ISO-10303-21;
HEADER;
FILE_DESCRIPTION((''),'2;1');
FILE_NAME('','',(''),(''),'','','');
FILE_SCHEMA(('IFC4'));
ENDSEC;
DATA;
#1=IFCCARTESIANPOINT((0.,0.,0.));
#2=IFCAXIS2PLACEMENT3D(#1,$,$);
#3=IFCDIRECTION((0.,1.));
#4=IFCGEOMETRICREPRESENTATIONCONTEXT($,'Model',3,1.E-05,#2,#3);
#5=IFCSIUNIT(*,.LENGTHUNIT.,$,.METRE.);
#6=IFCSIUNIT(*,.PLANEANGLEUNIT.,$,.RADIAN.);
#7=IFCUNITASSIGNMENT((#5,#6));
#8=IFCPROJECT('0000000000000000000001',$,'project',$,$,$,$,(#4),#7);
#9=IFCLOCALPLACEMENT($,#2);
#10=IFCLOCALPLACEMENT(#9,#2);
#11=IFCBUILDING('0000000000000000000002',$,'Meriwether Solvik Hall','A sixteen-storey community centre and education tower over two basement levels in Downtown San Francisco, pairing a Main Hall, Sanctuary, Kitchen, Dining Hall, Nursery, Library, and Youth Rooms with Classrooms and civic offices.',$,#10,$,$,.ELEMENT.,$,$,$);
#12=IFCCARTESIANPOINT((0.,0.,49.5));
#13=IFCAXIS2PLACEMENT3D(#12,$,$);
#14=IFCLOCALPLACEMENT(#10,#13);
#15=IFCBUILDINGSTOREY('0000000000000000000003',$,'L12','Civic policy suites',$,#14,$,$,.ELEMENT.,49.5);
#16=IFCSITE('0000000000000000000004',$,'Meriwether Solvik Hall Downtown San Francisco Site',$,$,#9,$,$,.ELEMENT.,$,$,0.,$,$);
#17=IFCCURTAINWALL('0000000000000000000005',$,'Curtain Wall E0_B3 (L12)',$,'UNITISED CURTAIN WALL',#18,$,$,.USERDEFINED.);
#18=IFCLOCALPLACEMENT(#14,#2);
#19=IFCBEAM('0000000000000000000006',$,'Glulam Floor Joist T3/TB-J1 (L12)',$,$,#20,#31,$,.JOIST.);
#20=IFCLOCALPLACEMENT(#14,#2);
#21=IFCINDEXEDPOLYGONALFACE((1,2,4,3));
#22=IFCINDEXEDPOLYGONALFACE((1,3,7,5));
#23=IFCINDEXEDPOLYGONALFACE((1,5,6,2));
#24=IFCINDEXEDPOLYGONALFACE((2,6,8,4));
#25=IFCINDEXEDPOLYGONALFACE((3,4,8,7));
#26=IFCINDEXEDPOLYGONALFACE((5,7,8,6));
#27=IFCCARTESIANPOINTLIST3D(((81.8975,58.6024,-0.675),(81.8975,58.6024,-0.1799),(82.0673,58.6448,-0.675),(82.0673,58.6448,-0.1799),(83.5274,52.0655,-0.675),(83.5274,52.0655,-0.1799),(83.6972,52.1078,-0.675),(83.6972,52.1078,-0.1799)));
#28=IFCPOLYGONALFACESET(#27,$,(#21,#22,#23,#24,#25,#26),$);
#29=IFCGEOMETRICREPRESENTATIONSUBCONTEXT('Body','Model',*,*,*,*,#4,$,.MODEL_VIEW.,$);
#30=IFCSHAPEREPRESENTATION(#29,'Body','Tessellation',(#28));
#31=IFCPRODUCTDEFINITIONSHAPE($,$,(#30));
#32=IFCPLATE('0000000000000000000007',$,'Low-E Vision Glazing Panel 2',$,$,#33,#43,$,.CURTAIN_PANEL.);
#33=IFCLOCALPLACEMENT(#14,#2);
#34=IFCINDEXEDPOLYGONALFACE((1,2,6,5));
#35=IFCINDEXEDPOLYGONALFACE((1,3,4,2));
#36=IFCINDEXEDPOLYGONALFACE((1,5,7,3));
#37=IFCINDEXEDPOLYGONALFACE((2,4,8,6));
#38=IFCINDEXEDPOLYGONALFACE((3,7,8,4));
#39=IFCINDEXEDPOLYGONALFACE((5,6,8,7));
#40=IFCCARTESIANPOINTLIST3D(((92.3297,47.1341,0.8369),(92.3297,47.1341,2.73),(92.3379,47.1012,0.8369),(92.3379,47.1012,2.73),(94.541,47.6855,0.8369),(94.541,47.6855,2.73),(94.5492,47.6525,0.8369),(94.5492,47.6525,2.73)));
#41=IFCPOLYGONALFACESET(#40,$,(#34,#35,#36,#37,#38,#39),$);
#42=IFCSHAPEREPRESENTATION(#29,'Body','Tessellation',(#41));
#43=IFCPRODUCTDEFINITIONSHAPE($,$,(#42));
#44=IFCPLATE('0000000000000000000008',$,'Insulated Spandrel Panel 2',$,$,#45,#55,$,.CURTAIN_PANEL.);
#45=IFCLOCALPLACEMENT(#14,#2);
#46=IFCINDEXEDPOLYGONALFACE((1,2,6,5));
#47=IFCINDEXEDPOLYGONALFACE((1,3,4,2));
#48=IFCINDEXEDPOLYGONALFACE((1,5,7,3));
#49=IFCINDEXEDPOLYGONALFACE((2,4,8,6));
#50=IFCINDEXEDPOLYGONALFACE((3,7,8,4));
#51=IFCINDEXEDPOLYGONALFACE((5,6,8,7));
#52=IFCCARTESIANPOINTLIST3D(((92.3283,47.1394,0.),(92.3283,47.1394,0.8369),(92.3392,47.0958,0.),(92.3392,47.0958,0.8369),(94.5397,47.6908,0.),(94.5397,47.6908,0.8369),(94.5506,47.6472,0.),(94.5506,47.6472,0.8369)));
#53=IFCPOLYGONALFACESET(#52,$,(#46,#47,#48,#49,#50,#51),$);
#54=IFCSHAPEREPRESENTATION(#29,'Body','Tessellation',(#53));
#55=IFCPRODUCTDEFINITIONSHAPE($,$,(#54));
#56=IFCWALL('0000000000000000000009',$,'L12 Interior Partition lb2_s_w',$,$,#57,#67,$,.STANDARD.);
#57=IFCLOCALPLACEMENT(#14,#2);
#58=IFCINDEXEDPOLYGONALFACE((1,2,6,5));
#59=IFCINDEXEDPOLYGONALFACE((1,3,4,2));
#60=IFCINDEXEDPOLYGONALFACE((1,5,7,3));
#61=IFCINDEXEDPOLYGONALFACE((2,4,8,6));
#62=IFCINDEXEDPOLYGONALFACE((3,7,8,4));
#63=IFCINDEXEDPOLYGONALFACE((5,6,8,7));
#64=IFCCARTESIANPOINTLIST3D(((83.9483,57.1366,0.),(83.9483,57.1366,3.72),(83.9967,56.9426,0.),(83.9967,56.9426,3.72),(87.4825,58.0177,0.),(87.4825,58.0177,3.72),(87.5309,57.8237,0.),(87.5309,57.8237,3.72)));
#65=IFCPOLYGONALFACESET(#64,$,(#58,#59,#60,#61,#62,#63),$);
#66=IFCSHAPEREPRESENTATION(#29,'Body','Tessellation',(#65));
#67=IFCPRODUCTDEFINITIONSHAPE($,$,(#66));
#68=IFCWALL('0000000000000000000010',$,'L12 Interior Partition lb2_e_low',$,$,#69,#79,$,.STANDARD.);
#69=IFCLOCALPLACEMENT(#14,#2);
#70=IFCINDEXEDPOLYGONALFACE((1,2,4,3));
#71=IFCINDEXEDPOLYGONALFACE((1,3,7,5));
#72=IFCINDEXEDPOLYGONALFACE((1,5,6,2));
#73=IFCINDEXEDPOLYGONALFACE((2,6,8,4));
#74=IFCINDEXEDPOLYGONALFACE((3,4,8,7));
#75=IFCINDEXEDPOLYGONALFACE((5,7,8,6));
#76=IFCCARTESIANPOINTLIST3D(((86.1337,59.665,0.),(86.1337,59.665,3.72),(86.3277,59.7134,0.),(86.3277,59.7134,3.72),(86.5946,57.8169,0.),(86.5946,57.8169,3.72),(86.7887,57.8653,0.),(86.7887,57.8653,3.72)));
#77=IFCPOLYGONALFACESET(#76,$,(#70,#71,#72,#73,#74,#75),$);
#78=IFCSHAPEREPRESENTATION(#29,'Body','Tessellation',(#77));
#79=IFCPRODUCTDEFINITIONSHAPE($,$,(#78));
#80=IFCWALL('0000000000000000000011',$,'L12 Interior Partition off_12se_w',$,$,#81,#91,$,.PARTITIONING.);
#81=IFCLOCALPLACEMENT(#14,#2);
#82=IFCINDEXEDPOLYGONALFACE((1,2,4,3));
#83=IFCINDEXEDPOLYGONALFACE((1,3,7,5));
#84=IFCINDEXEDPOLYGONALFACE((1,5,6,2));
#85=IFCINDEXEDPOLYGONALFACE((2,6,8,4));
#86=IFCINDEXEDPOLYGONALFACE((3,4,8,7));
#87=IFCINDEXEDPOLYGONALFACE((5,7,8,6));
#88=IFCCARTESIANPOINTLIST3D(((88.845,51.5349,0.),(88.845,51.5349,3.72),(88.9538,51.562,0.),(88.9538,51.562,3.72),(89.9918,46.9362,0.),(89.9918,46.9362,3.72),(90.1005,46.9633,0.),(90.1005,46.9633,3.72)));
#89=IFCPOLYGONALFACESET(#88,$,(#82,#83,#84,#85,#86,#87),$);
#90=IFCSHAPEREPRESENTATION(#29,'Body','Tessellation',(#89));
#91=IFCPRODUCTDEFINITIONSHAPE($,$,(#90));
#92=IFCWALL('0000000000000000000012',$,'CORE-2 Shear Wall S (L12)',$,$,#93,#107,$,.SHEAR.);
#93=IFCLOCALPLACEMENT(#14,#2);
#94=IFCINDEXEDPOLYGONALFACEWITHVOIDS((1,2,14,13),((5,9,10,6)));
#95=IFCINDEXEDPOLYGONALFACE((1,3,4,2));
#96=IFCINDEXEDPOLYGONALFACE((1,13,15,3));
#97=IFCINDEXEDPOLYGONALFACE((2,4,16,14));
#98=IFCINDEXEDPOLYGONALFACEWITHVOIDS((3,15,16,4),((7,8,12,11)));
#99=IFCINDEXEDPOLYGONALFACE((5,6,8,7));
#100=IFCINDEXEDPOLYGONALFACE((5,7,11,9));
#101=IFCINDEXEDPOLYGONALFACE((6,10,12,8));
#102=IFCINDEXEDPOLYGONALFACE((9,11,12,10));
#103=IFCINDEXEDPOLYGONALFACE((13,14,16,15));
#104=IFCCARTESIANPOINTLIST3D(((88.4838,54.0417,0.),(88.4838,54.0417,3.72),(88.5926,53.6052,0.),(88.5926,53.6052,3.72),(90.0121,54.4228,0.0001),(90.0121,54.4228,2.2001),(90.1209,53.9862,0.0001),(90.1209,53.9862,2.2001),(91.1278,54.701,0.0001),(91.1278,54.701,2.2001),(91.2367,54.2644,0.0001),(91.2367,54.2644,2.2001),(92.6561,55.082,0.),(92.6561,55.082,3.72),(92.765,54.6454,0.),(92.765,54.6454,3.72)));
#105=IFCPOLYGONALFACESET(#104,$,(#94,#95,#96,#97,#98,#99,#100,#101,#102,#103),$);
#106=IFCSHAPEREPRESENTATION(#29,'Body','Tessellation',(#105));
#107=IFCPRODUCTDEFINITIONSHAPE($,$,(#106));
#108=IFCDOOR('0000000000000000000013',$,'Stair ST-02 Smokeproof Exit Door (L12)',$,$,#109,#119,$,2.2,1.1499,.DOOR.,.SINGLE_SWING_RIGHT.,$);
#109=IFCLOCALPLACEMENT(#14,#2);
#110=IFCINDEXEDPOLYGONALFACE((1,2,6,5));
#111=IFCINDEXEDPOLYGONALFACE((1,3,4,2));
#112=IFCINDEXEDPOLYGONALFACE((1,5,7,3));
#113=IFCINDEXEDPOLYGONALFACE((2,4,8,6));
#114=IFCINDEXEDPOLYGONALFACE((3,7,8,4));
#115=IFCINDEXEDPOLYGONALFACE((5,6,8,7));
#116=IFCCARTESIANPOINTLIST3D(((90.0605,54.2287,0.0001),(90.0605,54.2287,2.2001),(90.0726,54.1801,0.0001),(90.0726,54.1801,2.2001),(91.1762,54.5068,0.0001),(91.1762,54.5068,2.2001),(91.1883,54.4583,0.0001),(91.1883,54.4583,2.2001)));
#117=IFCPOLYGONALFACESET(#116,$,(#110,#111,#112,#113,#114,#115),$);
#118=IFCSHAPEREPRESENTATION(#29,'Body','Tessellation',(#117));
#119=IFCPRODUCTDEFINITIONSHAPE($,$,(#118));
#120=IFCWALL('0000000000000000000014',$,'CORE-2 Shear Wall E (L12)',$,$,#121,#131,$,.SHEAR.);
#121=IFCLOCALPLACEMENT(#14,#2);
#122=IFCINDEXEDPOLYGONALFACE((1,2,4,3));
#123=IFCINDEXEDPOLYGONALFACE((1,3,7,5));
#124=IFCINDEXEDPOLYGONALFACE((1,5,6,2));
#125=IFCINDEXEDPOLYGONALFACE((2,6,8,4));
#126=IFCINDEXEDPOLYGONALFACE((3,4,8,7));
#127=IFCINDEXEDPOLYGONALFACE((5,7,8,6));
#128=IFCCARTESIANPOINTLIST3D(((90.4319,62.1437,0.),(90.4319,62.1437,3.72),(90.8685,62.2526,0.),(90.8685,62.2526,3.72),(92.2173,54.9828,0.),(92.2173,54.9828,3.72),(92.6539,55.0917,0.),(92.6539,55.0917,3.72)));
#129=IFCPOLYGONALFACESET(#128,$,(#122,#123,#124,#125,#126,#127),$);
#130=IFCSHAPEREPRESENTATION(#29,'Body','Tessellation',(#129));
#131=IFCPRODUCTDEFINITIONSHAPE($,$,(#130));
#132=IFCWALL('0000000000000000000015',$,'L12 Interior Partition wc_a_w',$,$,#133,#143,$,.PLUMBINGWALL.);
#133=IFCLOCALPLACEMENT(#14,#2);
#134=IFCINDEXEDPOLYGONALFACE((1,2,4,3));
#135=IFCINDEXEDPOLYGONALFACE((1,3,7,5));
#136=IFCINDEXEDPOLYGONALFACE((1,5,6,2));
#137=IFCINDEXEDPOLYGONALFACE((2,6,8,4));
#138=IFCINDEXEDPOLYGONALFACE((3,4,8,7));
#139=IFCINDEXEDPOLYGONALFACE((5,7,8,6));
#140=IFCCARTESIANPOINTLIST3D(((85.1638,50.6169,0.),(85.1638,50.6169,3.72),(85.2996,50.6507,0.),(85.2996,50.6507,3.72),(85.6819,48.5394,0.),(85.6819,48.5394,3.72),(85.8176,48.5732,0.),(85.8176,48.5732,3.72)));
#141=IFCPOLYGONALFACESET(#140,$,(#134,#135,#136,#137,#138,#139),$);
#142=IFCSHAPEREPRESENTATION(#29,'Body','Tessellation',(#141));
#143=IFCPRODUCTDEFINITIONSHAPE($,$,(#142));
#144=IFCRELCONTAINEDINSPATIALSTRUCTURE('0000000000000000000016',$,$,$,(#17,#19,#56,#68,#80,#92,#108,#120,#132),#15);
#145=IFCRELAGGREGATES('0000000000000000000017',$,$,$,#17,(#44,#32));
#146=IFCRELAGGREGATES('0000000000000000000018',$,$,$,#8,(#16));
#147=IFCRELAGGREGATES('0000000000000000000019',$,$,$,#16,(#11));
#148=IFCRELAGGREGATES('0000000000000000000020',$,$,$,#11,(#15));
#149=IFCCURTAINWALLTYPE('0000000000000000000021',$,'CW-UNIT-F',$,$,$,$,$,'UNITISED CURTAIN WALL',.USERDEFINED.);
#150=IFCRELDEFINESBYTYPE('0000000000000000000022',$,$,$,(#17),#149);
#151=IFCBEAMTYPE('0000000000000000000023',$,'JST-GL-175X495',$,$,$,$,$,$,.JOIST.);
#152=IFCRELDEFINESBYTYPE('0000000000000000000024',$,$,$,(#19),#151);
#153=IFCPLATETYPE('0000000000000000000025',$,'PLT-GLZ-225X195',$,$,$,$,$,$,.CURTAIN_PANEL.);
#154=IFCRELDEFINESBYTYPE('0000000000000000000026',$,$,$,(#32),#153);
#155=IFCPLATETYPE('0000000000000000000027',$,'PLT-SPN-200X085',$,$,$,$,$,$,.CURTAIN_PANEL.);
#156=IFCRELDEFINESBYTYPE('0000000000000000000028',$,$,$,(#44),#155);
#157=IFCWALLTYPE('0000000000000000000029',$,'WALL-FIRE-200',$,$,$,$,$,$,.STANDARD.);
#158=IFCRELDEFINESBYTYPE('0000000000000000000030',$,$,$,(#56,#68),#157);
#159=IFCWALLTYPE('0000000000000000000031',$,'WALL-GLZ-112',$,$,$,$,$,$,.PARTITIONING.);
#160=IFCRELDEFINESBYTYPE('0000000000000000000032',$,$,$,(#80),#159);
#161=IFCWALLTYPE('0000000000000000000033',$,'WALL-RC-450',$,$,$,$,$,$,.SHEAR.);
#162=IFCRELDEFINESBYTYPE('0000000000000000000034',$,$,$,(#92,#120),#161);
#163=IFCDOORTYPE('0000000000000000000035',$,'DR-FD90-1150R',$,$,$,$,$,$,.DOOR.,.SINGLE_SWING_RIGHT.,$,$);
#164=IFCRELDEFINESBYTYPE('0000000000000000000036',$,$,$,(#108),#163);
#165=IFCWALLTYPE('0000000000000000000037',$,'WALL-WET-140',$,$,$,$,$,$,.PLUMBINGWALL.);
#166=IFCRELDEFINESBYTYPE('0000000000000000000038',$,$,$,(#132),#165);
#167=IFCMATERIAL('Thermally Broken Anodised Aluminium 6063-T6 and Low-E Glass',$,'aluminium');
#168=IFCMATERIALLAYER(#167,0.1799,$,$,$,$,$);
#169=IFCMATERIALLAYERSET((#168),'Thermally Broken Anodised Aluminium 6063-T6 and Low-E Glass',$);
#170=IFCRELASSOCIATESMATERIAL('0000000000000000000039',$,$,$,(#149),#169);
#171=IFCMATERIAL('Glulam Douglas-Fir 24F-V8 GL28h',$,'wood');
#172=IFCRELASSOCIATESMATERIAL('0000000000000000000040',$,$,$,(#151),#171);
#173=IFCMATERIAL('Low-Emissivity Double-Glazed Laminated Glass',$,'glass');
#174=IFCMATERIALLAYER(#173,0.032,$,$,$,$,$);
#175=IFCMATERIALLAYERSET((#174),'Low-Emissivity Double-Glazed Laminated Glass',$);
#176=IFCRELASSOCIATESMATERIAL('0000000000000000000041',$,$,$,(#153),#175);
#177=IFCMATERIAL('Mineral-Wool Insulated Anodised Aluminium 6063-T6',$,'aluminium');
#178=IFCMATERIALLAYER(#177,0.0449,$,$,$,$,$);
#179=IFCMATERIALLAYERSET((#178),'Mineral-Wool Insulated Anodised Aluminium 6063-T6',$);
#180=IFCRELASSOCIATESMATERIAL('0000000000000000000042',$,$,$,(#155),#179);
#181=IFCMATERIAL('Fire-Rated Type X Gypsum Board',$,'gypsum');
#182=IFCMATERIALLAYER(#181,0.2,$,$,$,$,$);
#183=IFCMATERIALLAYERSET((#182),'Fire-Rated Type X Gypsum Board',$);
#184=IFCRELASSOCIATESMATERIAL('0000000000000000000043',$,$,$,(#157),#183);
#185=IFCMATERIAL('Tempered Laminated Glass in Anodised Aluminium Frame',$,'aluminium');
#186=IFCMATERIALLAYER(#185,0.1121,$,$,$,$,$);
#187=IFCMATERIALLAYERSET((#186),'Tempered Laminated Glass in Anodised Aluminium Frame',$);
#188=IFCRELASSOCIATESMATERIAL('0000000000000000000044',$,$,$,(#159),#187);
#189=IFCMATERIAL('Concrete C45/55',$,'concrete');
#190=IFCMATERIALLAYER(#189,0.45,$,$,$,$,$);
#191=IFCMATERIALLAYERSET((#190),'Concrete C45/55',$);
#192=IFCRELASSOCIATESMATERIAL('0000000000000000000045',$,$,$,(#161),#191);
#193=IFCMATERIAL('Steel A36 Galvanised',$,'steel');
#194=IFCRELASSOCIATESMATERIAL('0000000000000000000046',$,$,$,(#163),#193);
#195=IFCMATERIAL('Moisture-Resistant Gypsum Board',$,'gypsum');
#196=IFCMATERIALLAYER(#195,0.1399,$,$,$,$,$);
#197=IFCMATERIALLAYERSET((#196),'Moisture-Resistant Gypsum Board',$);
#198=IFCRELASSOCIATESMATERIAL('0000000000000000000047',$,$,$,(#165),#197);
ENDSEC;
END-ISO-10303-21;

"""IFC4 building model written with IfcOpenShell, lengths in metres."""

from ifc_helpers import new_model, si_unit, direction, frame, frame_2d, origin, origin_2d, place, context, subcontext, project, spatial, rectangle, extrude, material, layer, layer_set, material_profile, profile_set, type_object, element, fill, aggregate, save


model = new_model("IFC4")

# Units and contexts
model_context = context("Model", 3, precision=1e-05, world=origin(), true_north=direction((0.0, 1.0)))
body_context = subcontext(model_context, "Body", "Model", "MODEL_VIEW")
ifc_project = project(units=[si_unit("LENGTHUNIT", "METRE"), si_unit("PLANEANGLEUNIT", "RADIAN")], contexts=[model_context])

# Site, building, storey
site_placement = place(None, origin())
site = spatial("IfcSite", under=ifc_project, at=site_placement, Name="Meriwether Solvik Hall Downtown San Francisco Site", CompositionType="ELEMENT", RefElevation=0.0)
building_placement = place(site_placement, origin())
building = spatial("IfcBuilding", under=site, at=building_placement, Name="Meriwether Solvik Hall", Description="A sixteen-storey community centre and education tower over two basement levels in Downtown San Francisco, pairing a Main Hall, Sanctuary, Kitchen, Dining Hall, Nursery, Library, and Youth Rooms with Classrooms and civic offices.", CompositionType="ELEMENT")
storey_placement = place(building_placement, frame((0.0, 0.0, 49.5)))
storey = spatial("IfcBuildingStorey", under=building, at=storey_placement, Name="L12", Description="Civic policy suites", CompositionType="ELEMENT", Elevation=49.5)

# Curtain wall
ifc_material_1 = material(Name="Thermally Broken Anodised Aluminium 6063-T6 and Low-E Glass", Category="aluminium")
ifc_layer_1 = layer(ifc_material_1, 0.1799)
ifc_layer_set_1 = layer_set([ifc_layer_1], Name="Thermally Broken Anodised Aluminium 6063-T6 and Low-E Glass")
curtain_wall_type = type_object("IfcCurtainWallType", Name="CW-UNIT-F", ElementType="UNITISED CURTAIN WALL", PredefinedType="USERDEFINED", material=ifc_layer_set_1)
curtain_wall_placement = place(storey_placement, origin())
curtain_wall = element("IfcCurtainWall", 1, at=curtain_wall_placement, inside=storey, type_object=curtain_wall_type, Name="Curtain Wall E0_B3 (L12)", ObjectType="UNITISED CURTAIN WALL", PredefinedType="USERDEFINED")

# Beam
ifc_material_2 = material(Name="Glulam Douglas-Fir 24F-V8 GL28h", Category="wood")
ifc_material_profile_1 = material_profile(ifc_material_2, rectangle(XDim=0.175, YDim=0.4951, at=origin_2d()), Name="GLJ-175X495")
ifc_profile_set_1 = profile_set([ifc_material_profile_1], Name="Glulam Douglas-Fir 24F-V8 GL28h")
beam_type_1 = type_object("IfcBeamType", Name="JST-GL-175X495", PredefinedType="JOIST", material=ifc_profile_set_1)
beam_1_placement = place(storey_placement, frame((83.6123, 52.0867, -0.4275), z_axis=(-0.24193, 0.970294, 0.0), x_axis=(-0.970294, -0.24193, 0.0)))
element("IfcBeam", 2, at=beam_1_placement, inside=storey, type_object=beam_type_1, Name="Glulam Floor Joist T3/TB-J1 (L12)", PredefinedType="JOIST", context=body_context, shape_type="SweptSolid", body=[
    extrude(rectangle(XDim=0.175, YDim=0.4951, at=origin_2d()), origin(), (0.0, 0.0, 1.0), 6.7371),
])

# Plates
ifc_material_3 = material(Name="Low-Emissivity Double-Glazed Laminated Glass", Category="glass")
ifc_layer_2 = layer(ifc_material_3, 0.032)
ifc_layer_set_2 = layer_set([ifc_layer_2], Name="Low-Emissivity Double-Glazed Laminated Glass")
plate_type_1 = type_object("IfcPlateType", Name="PLT-GLZ-225X195", PredefinedType="CURTAIN_PANEL", material=ifc_layer_set_2)
plate_1_placement = place(storey_placement, frame((93.4395, 47.3933, 0.8369), z_axis=(0.0, 0.0, 1.0), x_axis=(-0.970296, -0.241922, 0.0)))
plate_1 = element("IfcPlate", 3, at=plate_1_placement, type_object=plate_type_1, Name="Low-E Vision Glazing Panel 2", PredefinedType="CURTAIN_PANEL", context=body_context, shape_type="SweptSolid", body=[
    extrude(rectangle(XDim=2.2791, YDim=0.0339, at=origin_2d()), origin(), (0.0, 0.0, 1.0), 1.8931),
])
ifc_material_4 = material(Name="Mineral-Wool Insulated Anodised Aluminium 6063-T6", Category="aluminium")
ifc_layer_3 = layer(ifc_material_4, 0.0449)
ifc_layer_set_3 = layer_set([ifc_layer_3], Name="Mineral-Wool Insulated Anodised Aluminium 6063-T6")
plate_type_2 = type_object("IfcPlateType", Name="PLT-SPN-200X085", PredefinedType="CURTAIN_PANEL", material=ifc_layer_set_3)
plate_2_placement = place(storey_placement, frame((93.4395, 47.3933, 0.0), z_axis=(0.0, 0.0, 1.0), x_axis=(-0.970296, -0.241922, 0.0)))
plate_2 = element("IfcPlate", 4, at=plate_2_placement, type_object=plate_type_2, Name="Insulated Spandrel Panel 2", PredefinedType="CURTAIN_PANEL", context=body_context, shape_type="SweptSolid", body=[
    extrude(rectangle(XDim=2.2791, YDim=0.0449, at=origin_2d()), origin(), (0.0, 0.0, 1.0), 0.8369),
])
aggregate(curtain_wall, [plate_2, plate_1])

# Walls
ifc_material_5 = material(Name="Fire-Rated Type X Gypsum Board", Category="gypsum")
ifc_layer_4 = layer(ifc_material_5, 0.2)
ifc_layer_set_4 = layer_set([ifc_layer_4], Name="Fire-Rated Type X Gypsum Board")
wall_type_1 = type_object("IfcWallType", Name="WALL-FIRE-200", PredefinedType="STANDARD", material=ifc_layer_set_4)
wall_1_placement = place(storey_placement, frame((83.9724, 57.0396, 0.0), z_axis=(0.0, 0.0, 1.0), x_axis=(0.9703, 0.241905, 0.0)))
element("IfcWall", 5, at=wall_1_placement, inside=storey, type_object=wall_type_1, Name="L12 Interior Partition lb2_s_w", PredefinedType="STANDARD", context=body_context, shape_type="SweptSolid", body=[
    extrude(rectangle(XDim=3.6423, YDim=0.2, at=frame_2d((1.8213, 0.0))), origin(), (0.0, 0.0, 1.0), 3.72),
])
wall_2_placement = place(storey_placement, frame((86.6917, 57.8411, 0.0), z_axis=(0.0, 0.0, 1.0), x_axis=(-0.241993, 0.970278, 0.0)))
element("IfcWall", 6, at=wall_2_placement, inside=storey, type_object=wall_type_1, Name="L12 Interior Partition lb2_e_low", PredefinedType="STANDARD", context=body_context, shape_type="SweptSolid", body=[
    extrude(rectangle(XDim=1.9048, YDim=0.2, at=frame_2d((0.9524, 0.0))), origin(), (0.0, 0.0, 1.0), 3.72),
])
ifc_material_6 = material(Name="Tempered Laminated Glass in Anodised Aluminium Frame", Category="aluminium")
ifc_layer_5 = layer(ifc_material_6, 0.1121)
ifc_layer_set_5 = layer_set([ifc_layer_5], Name="Tempered Laminated Glass in Anodised Aluminium Frame")
wall_type_2 = type_object("IfcWallType", Name="WALL-GLZ-112", PredefinedType="PARTITIONING", material=ifc_layer_set_5)
wall_3_placement = place(storey_placement, frame((88.8994, 51.5483, 0.0), z_axis=(0.0, 0.0, 1.0), x_axis=(0.241954, -0.970288, 0.0)))
element("IfcWall", 7, at=wall_3_placement, inside=storey, type_object=wall_type_2, Name="L12 Interior Partition off_12se_w", PredefinedType="PARTITIONING", context=body_context, shape_type="SweptSolid", body=[
    extrude(rectangle(XDim=4.7395, YDim=0.1121, at=frame_2d((2.3696, 0.0))), origin(), (0.0, 0.0, 1.0), 3.72),
])

# Wall, opening, door
ifc_material_7 = material(Name="Concrete C45/55", Category="concrete")
ifc_layer_6 = layer(ifc_material_7, 0.45)
ifc_layer_set_6 = layer_set([ifc_layer_6], Name="Concrete C45/55")
wall_type_3 = type_object("IfcWallType", Name="WALL-RC-450", PredefinedType="SHEAR", material=ifc_layer_set_6)
wall_4_placement = place(storey_placement, frame((88.5383, 53.8235, 0.0), z_axis=(0.0, 0.0, 1.0), x_axis=(0.970296, 0.241921, 0.0)))
wall_4 = element("IfcWall", 8, at=wall_4_placement, inside=storey, type_object=wall_type_3, Name="CORE-2 Shear Wall S (L12)", PredefinedType="SHEAR", context=body_context, shape_type="SweptSolid", body=[
    extrude(rectangle(XDim=4.3, YDim=0.45, at=frame_2d((2.1499, 0.0))), origin(), (0.0, 0.0, 1.0), 3.72),
])
opening_1_placement = place(wall_4_placement, frame((1.575, 0.0, 0.0)))
opening_1 = element("IfcOpeningElement", 9, at=opening_1_placement, cuts=wall_4, PredefinedType="OPENING", context=body_context, shape_type="SweptSolid", body=[
    extrude(rectangle(XDim=1.1499, YDim=2.2, at=frame_2d((0.575, 1.1001))), frame((0.0, 0.2368, 0.0), z_axis=(0.0, -1.0, 0.0), x_axis=(1.0, 0.0, 0.0)), (0.0, 0.0, 1.0), 0.4739),
])
ifc_material_8 = material(Name="Steel A36 Galvanised", Category="steel")
door_type_1 = type_object("IfcDoorType", Name="DR-FD90-1150R", OperationType="SINGLE_SWING_RIGHT", PredefinedType="DOOR", material=ifc_material_8)
door_1_placement = place(opening_1_placement, origin())
door_1 = element("IfcDoor", 10, at=door_1_placement, inside=storey, type_object=door_type_1, Name="Stair ST-02 Smokeproof Exit Door (L12)", OperationType="SINGLE_SWING_RIGHT", OverallHeight=2.2, OverallWidth=1.1499, PredefinedType="DOOR", context=body_context, shape_type="SweptSolid", body=[
    extrude(rectangle(XDim=1.1499, YDim=2.2, at=frame_2d((0.575, 1.1001))), frame((0.0, 0.0249, 0.0), z_axis=(0.0, -1.0, 0.0), x_axis=(1.0, 0.0, 0.0)), (0.0, 0.0, 1.0), 0.05),
])
fill(opening_1, door_1)

# Wall
wall_5_placement = place(storey_placement, frame((92.4355, 55.0374, 0.0), z_axis=(0.0, 0.0, 1.0), x_axis=(-0.241921, 0.970296, 0.0)))
element("IfcWall", 11, at=wall_5_placement, inside=storey, type_object=wall_type_3, Name="CORE-2 Shear Wall E (L12)", PredefinedType="SHEAR", context=body_context, shape_type="SweptSolid", body=[
    extrude(rectangle(XDim=7.3801, YDim=0.45, at=frame_2d((3.6899, 0.0))), origin(), (0.0, 0.0, 1.0), 3.72),
])

# Shared definitions
ifc_material_9 = material(Name="Moisture-Resistant Gypsum Board", Category="gypsum")
ifc_layer_7 = layer(ifc_material_9, 0.1399)
ifc_layer_set_7 = layer_set([ifc_layer_7], Name="Moisture-Resistant Gypsum Board")
wall_type_4 = type_object("IfcWallType", Name="WALL-WET-140", PredefinedType="PLUMBINGWALL", material=ifc_layer_set_7)

# Wall
wall_6_placement = place(storey_placement, frame((85.2317, 50.6338, 0.0), z_axis=(0.0, 0.0, 1.0), x_axis=(0.241972, -0.970283, 0.0)))
element("IfcWall", 12, at=wall_6_placement, inside=storey, type_object=wall_type_4, Name="L12 Interior Partition wc_a_w", PredefinedType="PLUMBINGWALL", context=body_context, shape_type="SweptSolid", body=[
    extrude(rectangle(XDim=2.1411, YDim=0.1399, at=frame_2d((1.0706, 0.0))), origin(), (0.0, 0.0, 1.0), 3.72),
])

save(model, "model.ifc")
